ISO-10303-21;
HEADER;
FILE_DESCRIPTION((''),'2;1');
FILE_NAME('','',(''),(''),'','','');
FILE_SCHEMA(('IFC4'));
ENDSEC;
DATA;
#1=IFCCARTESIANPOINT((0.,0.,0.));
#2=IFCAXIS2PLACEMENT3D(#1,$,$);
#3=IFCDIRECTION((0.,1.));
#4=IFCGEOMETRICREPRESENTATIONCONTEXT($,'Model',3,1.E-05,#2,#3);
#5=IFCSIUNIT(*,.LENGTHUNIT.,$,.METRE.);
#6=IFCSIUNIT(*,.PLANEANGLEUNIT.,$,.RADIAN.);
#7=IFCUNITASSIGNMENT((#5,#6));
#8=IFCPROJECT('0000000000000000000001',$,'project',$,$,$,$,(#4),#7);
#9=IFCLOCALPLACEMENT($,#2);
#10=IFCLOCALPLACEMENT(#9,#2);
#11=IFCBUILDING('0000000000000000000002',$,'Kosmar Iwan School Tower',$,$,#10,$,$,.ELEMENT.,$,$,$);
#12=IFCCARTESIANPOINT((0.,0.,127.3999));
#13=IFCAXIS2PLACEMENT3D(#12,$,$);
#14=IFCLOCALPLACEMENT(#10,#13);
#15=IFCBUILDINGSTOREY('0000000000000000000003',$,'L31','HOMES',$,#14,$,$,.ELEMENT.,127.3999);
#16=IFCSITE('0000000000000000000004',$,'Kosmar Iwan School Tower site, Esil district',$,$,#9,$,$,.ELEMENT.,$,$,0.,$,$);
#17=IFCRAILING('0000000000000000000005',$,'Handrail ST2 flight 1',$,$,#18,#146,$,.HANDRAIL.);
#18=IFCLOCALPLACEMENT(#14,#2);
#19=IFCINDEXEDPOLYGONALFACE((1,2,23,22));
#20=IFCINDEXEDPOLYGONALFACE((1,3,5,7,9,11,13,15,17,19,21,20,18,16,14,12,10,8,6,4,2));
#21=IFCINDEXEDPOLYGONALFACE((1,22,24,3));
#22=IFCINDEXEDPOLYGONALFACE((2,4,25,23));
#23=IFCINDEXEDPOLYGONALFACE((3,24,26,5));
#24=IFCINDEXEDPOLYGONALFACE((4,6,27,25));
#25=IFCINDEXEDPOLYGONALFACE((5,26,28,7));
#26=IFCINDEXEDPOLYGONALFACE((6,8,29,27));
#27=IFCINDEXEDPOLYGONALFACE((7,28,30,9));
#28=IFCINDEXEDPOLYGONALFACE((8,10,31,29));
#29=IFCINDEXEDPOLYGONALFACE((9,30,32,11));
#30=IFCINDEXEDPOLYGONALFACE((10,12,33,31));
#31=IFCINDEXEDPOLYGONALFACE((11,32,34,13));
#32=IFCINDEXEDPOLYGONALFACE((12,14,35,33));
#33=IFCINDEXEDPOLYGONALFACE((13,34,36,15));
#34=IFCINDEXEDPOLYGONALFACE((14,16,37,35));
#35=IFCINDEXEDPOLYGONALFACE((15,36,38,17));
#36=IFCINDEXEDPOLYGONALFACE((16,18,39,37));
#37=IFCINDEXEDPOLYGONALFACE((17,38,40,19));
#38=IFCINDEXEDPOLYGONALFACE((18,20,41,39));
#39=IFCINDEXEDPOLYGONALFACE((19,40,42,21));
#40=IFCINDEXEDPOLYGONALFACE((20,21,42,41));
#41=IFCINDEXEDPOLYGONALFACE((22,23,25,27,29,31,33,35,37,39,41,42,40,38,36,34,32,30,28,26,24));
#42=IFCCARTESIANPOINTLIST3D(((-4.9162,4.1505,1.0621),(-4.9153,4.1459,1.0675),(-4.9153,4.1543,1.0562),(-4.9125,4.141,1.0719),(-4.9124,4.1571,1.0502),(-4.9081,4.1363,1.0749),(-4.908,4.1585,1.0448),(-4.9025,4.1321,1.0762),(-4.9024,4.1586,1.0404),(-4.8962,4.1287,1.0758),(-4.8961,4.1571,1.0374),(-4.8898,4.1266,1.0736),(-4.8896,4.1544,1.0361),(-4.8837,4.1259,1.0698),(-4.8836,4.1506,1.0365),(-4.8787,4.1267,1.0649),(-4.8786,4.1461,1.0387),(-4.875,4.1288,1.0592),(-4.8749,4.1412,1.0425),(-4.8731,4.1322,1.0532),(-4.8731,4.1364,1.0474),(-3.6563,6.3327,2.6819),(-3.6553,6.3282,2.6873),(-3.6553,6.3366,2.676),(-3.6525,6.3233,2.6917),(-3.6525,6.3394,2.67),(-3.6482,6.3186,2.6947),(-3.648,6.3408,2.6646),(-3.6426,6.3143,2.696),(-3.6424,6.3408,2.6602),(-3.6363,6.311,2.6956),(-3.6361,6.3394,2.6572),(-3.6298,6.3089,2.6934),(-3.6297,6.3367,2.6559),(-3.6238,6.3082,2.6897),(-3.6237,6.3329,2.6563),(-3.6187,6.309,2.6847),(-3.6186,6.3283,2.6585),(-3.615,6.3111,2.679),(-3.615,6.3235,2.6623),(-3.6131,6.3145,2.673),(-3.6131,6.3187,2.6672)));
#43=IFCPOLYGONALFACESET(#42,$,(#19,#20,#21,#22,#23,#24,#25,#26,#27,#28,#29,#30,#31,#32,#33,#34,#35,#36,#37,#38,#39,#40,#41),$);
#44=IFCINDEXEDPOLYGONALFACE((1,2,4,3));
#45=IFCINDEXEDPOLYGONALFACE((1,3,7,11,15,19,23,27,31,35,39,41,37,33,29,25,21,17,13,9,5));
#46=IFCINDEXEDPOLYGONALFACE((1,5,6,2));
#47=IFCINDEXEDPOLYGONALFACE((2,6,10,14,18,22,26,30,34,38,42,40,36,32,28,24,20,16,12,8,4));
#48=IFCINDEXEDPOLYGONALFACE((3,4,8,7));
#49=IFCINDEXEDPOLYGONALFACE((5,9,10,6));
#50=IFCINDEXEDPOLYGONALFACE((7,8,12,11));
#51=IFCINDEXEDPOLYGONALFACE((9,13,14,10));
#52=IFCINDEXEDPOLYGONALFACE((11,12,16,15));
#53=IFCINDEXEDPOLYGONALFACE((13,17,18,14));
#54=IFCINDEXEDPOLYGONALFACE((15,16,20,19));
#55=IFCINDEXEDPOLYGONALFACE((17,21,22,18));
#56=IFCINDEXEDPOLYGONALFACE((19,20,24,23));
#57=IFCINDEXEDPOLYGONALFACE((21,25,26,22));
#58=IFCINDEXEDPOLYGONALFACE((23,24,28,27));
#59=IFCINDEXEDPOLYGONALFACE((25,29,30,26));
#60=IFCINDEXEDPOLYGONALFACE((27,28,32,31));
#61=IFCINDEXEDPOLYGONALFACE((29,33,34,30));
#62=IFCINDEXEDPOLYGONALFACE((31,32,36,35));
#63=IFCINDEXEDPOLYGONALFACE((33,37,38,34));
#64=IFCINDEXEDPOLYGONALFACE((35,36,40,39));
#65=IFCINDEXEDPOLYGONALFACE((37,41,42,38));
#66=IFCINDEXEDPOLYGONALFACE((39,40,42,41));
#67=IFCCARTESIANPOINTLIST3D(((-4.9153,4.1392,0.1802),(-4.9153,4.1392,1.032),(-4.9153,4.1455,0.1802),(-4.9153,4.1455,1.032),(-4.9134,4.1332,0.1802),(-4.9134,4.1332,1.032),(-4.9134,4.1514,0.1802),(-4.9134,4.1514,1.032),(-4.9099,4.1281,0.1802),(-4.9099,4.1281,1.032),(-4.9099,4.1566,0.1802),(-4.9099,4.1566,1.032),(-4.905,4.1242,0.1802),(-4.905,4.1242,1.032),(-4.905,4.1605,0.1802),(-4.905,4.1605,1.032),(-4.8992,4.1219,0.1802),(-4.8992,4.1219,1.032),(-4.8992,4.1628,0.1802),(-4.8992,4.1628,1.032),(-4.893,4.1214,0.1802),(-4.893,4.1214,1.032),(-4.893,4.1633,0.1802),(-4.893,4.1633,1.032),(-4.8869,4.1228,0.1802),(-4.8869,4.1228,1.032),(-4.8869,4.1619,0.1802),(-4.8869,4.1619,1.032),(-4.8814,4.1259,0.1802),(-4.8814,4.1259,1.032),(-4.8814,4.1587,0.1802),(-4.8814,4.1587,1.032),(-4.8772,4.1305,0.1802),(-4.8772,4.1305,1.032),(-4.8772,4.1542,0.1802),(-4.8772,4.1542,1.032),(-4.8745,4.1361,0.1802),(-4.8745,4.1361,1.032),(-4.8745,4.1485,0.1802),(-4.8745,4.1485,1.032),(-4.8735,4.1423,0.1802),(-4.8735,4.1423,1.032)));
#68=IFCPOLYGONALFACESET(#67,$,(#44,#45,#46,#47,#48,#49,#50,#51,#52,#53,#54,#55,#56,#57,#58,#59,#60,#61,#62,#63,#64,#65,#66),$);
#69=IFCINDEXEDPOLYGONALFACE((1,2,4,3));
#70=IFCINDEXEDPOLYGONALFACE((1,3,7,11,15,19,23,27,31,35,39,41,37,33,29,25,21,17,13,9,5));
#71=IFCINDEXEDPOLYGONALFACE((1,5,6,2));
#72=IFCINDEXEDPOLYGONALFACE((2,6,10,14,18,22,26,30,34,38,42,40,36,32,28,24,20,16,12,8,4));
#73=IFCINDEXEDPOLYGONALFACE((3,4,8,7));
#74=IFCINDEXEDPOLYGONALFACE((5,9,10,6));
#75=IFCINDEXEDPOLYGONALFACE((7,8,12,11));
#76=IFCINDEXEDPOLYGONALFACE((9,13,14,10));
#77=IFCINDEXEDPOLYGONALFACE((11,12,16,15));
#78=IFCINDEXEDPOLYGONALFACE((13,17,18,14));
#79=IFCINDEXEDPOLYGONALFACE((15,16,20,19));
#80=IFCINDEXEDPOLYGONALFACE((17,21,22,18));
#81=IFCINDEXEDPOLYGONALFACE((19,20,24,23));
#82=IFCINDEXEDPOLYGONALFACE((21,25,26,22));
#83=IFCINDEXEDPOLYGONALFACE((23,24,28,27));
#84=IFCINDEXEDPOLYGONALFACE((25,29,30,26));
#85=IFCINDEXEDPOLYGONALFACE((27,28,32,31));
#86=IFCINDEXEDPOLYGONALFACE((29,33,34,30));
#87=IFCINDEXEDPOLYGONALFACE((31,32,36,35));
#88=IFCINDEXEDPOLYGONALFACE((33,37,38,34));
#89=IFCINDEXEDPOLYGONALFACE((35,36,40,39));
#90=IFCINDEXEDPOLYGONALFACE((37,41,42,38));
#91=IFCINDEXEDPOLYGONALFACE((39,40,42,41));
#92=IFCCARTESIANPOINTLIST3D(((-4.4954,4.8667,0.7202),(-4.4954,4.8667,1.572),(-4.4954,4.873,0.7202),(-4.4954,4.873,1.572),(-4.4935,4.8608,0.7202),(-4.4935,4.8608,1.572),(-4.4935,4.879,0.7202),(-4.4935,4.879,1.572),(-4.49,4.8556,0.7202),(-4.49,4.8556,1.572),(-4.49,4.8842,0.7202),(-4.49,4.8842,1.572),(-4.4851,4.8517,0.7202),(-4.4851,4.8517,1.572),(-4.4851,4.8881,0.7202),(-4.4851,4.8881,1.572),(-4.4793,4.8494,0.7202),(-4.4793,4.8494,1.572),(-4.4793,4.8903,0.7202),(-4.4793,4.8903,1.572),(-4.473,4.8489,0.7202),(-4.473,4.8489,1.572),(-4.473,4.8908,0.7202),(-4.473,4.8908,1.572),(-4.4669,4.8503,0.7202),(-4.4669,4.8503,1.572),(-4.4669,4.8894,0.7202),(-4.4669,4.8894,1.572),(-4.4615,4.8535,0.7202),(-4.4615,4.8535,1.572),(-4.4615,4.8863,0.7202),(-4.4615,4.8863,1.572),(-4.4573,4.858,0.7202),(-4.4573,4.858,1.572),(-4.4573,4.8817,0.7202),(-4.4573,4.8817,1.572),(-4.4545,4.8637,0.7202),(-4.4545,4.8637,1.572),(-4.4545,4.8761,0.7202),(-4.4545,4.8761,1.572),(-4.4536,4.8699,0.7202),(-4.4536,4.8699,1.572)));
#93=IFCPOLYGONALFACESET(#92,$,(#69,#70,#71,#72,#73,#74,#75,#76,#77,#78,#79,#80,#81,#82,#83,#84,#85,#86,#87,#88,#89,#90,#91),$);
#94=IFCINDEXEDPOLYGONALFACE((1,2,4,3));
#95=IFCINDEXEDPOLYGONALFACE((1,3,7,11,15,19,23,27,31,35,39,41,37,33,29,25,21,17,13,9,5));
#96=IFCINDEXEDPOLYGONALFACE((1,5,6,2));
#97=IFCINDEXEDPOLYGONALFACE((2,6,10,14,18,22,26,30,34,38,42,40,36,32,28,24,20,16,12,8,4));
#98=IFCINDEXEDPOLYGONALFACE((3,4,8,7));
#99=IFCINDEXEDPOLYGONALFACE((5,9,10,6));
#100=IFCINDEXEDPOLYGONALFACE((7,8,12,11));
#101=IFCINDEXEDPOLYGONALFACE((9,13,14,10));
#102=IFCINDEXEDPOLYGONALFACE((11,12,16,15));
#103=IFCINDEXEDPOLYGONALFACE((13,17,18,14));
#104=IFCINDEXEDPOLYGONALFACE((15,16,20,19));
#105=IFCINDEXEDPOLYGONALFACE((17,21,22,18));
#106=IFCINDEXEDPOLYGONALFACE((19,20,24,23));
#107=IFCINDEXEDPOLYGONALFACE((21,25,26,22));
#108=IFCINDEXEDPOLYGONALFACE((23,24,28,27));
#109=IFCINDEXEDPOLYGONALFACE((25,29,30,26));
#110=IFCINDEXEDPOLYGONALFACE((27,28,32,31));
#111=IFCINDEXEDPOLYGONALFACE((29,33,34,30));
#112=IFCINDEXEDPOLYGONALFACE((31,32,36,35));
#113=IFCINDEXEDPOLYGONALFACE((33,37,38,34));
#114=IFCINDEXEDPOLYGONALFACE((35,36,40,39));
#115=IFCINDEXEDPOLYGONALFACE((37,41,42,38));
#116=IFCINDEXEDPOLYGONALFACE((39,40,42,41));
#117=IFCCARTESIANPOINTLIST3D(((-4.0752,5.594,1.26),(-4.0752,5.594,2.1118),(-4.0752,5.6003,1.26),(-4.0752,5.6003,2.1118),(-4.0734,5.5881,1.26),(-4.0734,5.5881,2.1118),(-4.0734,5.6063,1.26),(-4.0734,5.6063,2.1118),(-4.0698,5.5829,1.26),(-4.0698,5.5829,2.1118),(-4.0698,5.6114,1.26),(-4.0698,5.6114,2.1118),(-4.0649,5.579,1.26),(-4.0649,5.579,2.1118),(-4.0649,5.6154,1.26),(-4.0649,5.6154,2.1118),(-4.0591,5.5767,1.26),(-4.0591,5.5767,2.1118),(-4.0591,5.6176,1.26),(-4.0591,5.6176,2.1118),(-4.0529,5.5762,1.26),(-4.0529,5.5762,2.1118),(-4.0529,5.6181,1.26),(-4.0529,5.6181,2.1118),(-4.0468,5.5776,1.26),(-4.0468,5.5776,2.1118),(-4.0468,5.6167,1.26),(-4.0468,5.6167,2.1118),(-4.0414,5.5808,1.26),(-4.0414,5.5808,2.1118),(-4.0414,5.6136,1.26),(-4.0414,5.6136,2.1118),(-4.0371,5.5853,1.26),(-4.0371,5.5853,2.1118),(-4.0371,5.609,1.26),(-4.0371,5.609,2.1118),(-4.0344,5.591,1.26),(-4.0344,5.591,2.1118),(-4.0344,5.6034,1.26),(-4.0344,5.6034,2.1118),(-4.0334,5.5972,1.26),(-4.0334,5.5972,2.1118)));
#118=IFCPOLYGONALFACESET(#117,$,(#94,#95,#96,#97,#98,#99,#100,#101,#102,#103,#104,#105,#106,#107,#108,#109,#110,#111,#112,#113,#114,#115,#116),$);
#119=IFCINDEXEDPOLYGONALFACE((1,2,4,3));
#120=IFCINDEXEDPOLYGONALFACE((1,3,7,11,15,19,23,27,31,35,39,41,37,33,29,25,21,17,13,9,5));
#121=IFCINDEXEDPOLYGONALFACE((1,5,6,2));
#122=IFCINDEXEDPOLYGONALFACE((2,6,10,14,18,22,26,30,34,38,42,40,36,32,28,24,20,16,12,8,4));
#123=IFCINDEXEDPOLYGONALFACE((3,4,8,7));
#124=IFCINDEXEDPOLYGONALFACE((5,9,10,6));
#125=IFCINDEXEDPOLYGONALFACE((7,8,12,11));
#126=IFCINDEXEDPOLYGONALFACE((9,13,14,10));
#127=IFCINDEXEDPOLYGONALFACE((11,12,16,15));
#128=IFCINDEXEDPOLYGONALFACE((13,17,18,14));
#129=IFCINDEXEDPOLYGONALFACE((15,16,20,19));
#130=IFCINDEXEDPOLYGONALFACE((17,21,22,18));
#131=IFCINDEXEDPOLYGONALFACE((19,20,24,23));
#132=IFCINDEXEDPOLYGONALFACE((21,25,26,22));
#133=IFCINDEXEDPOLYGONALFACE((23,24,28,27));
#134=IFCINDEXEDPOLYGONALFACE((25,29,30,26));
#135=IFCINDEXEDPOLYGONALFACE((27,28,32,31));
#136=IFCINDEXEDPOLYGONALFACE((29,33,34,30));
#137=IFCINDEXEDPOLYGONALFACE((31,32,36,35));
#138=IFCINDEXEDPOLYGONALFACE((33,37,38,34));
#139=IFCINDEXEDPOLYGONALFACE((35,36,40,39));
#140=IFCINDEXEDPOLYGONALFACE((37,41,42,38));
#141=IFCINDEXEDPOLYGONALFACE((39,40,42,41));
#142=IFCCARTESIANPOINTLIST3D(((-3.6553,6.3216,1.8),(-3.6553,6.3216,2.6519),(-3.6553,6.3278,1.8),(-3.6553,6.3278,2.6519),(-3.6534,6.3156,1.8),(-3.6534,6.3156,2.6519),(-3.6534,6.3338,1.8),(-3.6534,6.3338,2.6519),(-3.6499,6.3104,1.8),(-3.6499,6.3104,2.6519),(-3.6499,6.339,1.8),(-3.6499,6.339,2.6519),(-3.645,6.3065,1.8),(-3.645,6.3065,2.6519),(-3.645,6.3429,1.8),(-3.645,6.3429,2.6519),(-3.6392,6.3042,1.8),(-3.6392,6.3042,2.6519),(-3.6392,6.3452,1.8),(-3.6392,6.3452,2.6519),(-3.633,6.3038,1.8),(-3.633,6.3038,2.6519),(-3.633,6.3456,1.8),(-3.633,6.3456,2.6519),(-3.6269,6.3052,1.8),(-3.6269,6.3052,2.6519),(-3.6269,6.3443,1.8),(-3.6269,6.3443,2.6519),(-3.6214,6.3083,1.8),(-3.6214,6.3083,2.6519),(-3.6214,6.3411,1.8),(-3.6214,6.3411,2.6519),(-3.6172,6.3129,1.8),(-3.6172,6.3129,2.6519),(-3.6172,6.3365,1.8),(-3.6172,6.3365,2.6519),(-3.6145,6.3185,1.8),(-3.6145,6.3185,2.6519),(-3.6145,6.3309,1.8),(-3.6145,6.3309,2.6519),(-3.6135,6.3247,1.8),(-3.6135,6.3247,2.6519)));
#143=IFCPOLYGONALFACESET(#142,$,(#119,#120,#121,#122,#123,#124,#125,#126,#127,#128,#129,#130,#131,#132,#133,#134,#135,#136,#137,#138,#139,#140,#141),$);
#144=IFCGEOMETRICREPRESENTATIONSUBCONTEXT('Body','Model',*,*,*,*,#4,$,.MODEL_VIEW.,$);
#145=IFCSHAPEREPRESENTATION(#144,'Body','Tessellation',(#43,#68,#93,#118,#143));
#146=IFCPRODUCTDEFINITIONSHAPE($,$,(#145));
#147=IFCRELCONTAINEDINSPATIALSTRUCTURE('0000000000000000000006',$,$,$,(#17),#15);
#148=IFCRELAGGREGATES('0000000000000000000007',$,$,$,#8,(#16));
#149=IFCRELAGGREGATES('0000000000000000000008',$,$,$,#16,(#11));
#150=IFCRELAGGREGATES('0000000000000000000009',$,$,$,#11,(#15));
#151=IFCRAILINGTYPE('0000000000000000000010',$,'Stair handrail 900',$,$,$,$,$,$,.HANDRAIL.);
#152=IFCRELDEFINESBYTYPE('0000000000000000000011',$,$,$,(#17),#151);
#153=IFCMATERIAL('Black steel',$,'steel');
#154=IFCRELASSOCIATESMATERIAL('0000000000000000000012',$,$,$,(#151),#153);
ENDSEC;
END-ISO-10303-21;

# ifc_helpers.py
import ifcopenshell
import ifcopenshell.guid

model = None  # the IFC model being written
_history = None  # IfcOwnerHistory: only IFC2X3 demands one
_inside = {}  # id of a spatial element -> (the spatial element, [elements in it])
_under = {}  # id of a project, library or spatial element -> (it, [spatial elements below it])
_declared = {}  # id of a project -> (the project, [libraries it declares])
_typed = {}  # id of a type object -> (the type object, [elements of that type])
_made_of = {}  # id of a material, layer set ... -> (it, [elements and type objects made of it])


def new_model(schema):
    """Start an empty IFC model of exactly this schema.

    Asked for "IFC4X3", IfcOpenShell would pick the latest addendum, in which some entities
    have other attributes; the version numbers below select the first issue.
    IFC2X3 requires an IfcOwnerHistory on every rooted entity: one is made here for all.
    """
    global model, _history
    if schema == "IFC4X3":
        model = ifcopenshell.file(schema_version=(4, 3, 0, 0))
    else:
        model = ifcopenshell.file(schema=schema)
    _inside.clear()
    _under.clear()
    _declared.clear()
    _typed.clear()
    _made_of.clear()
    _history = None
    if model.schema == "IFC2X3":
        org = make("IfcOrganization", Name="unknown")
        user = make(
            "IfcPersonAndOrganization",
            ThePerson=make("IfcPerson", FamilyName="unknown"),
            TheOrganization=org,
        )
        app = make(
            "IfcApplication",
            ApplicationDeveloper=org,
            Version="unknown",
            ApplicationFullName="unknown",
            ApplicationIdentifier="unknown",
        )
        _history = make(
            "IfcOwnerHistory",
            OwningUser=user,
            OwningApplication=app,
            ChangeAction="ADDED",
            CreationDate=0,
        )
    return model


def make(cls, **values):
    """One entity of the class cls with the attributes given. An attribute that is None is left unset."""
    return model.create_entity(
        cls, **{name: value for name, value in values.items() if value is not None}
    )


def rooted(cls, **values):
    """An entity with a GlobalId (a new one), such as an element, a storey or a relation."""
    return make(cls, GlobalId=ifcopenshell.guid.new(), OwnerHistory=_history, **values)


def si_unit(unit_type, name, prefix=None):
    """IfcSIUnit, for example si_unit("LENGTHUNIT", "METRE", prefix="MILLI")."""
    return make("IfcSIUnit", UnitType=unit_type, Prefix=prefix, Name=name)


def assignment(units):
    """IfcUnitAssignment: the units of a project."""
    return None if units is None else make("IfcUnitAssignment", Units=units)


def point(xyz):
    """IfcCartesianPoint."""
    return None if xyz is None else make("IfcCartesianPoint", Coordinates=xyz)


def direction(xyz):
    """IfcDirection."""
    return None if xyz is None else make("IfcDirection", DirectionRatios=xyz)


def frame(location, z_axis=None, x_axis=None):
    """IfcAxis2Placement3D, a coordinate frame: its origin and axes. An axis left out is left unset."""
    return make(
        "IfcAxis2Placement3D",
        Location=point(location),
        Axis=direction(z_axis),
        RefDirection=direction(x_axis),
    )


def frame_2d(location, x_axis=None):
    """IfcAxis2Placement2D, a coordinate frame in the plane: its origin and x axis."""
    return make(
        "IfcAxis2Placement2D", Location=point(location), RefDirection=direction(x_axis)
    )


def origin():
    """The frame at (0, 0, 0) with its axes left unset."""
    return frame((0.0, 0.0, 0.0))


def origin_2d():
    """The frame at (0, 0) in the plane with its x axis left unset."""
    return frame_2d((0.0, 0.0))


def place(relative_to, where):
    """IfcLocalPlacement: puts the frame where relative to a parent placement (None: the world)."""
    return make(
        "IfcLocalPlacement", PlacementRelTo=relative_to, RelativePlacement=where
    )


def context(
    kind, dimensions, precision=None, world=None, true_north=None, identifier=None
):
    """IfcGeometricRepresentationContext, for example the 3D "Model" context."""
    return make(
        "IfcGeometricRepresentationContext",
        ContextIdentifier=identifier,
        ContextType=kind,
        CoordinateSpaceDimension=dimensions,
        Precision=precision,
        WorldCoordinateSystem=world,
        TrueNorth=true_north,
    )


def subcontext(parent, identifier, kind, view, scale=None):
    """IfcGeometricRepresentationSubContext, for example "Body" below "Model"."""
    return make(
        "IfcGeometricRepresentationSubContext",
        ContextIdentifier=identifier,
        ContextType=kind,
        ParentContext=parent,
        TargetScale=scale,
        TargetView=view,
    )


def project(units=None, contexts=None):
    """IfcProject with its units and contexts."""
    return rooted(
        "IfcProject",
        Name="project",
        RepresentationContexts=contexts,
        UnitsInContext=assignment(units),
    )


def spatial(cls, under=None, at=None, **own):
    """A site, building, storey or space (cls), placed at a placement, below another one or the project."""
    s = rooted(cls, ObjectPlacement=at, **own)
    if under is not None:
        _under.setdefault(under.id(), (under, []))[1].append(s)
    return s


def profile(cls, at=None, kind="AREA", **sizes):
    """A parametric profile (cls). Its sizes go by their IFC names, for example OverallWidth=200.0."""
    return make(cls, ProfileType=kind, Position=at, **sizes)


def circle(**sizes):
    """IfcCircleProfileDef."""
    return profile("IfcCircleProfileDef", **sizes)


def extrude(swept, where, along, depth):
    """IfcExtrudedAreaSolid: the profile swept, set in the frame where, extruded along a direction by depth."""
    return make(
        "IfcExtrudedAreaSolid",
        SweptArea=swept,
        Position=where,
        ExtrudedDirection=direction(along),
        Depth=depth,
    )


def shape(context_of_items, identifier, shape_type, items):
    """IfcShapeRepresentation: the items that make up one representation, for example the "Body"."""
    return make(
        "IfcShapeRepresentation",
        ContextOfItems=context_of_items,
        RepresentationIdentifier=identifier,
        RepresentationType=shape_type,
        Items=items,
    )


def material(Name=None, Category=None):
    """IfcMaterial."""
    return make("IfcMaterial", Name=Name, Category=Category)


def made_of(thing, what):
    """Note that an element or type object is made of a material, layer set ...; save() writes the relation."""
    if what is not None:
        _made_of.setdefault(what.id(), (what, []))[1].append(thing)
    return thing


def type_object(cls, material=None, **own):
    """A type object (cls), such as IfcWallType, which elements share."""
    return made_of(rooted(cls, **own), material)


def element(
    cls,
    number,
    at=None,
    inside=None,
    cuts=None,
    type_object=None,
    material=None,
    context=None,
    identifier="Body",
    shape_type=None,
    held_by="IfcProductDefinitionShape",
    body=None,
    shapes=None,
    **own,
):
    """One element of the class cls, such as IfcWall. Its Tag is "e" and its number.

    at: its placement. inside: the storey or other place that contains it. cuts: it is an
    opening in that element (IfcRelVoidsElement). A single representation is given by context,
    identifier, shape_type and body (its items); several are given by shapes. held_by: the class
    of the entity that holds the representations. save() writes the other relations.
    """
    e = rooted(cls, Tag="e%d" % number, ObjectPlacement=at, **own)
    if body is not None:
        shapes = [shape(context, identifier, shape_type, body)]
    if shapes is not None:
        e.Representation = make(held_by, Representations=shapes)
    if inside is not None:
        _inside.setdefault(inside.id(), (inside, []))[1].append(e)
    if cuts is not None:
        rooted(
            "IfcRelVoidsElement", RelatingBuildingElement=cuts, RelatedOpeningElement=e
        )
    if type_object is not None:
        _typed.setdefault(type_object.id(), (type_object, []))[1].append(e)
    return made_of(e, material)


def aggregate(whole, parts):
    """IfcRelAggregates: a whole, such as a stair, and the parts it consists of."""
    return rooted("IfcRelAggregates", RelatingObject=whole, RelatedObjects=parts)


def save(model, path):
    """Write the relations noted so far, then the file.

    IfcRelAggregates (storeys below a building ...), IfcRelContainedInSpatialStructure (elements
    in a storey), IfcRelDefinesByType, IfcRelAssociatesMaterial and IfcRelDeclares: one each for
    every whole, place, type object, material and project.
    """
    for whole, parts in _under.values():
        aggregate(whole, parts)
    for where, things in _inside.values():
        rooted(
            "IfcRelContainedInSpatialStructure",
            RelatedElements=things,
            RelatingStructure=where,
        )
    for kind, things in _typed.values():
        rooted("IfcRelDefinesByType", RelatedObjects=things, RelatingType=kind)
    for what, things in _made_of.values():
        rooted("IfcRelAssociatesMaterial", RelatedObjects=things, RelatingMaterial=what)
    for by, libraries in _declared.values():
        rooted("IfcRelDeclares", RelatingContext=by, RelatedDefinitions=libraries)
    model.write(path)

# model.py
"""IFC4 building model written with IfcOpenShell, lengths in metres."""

from ifc_helpers import new_model, si_unit, direction, frame, origin, origin_2d, place, context, subcontext, project, spatial, circle, extrude, material, type_object, element, save


model = new_model("IFC4")

# Units and contexts
model_context = context("Model", 3, precision=1e-05, world=origin(), true_north=direction((0.0, 1.0)))
body_context = subcontext(model_context, "Body", "Model", "MODEL_VIEW")
ifc_project = project(units=[si_unit("LENGTHUNIT", "METRE"), si_unit("PLANEANGLEUNIT", "RADIAN")], contexts=[model_context])

# Site, building, storey
site_placement = place(None, origin())
site = spatial("IfcSite", under=ifc_project, at=site_placement, Name="Kosmar Iwan School Tower site, Esil district", CompositionType="ELEMENT", RefElevation=0.0)
building_placement = place(site_placement, origin())
building = spatial("IfcBuilding", under=site, at=building_placement, Name="Kosmar Iwan School Tower", CompositionType="ELEMENT")
storey_placement = place(building_placement, frame((0.0, 0.0, 127.3999)))
storey = spatial("IfcBuildingStorey", under=building, at=storey_placement, Name="L31", Description="HOMES", CompositionType="ELEMENT", Elevation=127.3999)

# Railing
ifc_material_1 = material(Name="Black steel", Category="steel")
railing_type = type_object("IfcRailingType", Name="Stair handrail 900", PredefinedType="HANDRAIL", material=ifc_material_1)
railing_1_placement = place(storey_placement, frame((-4.8945, 4.1423, 0.1802)))
element("IfcRailing", 1, at=railing_1_placement, inside=storey, type_object=railing_type, Name="Handrail ST2 flight 1", PredefinedType="HANDRAIL", context=body_context, shape_type="SweptSolid", body=[
    extrude(circle(Radius=0.0239, at=origin_2d()), frame((0.0, 0.0, 0.876), z_axis=(0.420603, 0.728496, 0.540728), x_axis=(-0.866023, 0.500005, 0.0)), (0.0, 0.0, 1.0), 2.9956),
    extrude(circle(Radius=0.021, at=origin_2d()), origin(), (0.0, 0.0, 1.0), 0.8518),
    extrude(circle(Radius=0.021, at=origin_2d()), frame((0.4199, 0.7275, 0.54)), (0.0, 0.0, 1.0), 0.8518),
    extrude(circle(Radius=0.021, at=origin_2d()), frame((0.8401, 1.4548, 1.0798)), (0.0, 0.0, 1.0), 0.8518),
    extrude(circle(Radius=0.021, at=origin_2d()), frame((1.26, 2.1824, 1.6199)), (0.0, 0.0, 1.0), 0.8518),
])

save(model, "model.ifc")
